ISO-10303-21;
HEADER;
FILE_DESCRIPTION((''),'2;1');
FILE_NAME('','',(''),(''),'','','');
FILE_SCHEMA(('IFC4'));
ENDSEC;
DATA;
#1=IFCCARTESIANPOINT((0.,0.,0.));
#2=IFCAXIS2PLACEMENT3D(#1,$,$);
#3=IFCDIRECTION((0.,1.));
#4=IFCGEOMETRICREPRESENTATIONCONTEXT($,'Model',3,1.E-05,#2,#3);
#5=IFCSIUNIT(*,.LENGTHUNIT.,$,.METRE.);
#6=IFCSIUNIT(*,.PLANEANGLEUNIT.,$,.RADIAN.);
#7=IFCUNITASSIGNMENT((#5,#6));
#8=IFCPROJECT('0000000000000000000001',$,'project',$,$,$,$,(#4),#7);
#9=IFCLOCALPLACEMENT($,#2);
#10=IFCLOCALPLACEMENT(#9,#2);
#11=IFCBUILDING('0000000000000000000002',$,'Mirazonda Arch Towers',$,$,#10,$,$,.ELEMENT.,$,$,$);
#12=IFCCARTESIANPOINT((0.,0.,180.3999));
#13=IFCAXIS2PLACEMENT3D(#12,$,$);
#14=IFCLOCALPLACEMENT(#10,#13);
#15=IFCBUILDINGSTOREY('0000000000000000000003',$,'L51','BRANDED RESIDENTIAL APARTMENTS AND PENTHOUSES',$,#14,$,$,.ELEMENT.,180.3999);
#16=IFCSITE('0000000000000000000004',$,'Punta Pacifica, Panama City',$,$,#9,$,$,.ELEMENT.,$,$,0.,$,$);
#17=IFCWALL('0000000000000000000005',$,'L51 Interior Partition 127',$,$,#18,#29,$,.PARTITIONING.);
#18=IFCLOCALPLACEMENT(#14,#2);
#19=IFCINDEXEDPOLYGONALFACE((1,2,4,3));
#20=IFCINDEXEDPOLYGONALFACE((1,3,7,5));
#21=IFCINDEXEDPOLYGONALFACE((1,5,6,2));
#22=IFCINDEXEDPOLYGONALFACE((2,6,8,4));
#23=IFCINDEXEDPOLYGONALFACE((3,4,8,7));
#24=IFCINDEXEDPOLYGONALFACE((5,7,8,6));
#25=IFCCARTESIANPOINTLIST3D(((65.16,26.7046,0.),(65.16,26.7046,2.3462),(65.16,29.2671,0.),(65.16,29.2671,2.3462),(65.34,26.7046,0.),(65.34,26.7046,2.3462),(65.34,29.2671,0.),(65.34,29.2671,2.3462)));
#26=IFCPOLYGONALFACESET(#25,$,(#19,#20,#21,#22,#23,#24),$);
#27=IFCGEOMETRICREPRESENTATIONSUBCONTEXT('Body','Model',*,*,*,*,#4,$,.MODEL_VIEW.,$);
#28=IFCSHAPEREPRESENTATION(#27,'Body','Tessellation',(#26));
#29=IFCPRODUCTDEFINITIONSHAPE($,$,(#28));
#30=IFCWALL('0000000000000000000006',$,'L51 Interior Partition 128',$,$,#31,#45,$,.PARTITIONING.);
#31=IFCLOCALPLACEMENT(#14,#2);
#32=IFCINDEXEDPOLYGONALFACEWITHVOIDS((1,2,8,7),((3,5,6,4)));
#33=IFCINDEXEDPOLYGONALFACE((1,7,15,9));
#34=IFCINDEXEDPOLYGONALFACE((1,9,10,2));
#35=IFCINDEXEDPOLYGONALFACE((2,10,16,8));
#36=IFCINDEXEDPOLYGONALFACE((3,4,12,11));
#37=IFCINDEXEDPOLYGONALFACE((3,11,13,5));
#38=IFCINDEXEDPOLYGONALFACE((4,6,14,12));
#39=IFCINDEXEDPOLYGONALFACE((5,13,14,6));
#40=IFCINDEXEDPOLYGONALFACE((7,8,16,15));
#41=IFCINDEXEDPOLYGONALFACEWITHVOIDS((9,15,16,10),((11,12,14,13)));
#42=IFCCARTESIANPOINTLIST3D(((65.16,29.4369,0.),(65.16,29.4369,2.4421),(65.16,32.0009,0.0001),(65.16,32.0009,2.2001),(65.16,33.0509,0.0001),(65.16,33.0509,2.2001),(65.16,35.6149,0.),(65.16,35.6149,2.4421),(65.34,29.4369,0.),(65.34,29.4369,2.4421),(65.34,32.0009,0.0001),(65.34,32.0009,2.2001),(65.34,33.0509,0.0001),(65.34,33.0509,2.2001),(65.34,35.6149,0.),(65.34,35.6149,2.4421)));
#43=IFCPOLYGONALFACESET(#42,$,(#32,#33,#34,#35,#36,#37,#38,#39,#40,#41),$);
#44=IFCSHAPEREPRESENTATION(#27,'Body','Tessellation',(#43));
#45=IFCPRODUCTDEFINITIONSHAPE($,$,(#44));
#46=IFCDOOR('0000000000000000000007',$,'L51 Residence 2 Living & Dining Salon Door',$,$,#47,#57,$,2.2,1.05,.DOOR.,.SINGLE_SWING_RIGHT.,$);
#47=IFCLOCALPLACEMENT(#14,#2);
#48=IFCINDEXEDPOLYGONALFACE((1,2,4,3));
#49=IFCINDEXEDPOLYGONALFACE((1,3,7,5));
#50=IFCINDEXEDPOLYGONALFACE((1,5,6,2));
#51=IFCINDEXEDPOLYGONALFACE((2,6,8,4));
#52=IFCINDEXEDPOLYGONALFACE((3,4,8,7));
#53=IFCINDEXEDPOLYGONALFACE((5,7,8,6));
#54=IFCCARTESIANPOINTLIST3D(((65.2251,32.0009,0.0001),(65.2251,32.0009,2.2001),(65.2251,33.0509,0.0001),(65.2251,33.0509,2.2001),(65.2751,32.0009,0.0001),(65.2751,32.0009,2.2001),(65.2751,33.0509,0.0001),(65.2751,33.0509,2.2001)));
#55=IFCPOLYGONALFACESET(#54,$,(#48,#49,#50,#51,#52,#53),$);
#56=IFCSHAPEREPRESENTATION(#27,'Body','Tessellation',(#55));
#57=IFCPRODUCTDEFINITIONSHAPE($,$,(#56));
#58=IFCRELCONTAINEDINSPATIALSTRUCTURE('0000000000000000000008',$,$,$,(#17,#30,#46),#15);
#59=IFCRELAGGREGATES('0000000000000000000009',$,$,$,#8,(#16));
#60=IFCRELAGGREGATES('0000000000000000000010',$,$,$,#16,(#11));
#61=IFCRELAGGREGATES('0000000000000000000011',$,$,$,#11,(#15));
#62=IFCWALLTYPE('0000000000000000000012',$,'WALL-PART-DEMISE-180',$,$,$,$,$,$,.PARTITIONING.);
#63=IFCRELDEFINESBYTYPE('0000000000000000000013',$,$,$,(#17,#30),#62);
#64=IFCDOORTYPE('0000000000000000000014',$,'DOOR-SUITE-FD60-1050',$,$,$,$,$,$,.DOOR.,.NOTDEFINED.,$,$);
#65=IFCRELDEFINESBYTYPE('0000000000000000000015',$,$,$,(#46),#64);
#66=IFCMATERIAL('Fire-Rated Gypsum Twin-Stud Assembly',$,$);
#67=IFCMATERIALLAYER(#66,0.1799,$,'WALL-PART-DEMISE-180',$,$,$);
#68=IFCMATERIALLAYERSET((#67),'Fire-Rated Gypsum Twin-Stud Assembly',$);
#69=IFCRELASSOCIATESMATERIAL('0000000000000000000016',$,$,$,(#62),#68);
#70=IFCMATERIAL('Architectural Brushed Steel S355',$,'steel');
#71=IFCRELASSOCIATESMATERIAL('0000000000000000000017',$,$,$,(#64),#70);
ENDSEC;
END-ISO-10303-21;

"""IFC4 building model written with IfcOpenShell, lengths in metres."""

from ifc_helpers import new_model, si_unit, direction, frame, frame_2d, origin, place, context, subcontext, project, spatial, rectangle, extrude, material, layer, layer_set, type_object, element, fill, save


model = new_model("IFC4")

# Units and contexts
model_context = context("Model", 3, precision=1e-05, world=origin(), true_north=direction((0.0, 1.0)))
body_context = subcontext(model_context, "Body", "Model", "MODEL_VIEW")
ifc_project = project(units=[si_unit("LENGTHUNIT", "METRE"), si_unit("PLANEANGLEUNIT", "RADIAN")], contexts=[model_context])

# Site, building, storey
site_placement = place(None, origin())
site = spatial("IfcSite", under=ifc_project, at=site_placement, Name="Punta Pacifica, Panama City", CompositionType="ELEMENT", RefElevation=0.0)
building_placement = place(site_placement, origin())
building = spatial("IfcBuilding", under=site, at=building_placement, Name="Mirazonda Arch Towers", CompositionType="ELEMENT")
storey_placement = place(building_placement, frame((0.0, 0.0, 180.3999)))
storey = spatial("IfcBuildingStorey", under=building, at=storey_placement, Name="L51", Description="BRANDED RESIDENTIAL APARTMENTS AND PENTHOUSES", CompositionType="ELEMENT", Elevation=180.3999)

# Shared definitions
ifc_material_1 = material(Name="Architectural Brushed Steel S355", Category="steel")

# Wall
ifc_material_2 = material(Name="Fire-Rated Gypsum Twin-Stud Assembly")
ifc_layer_1 = layer(ifc_material_2, 0.1799, Name="WALL-PART-DEMISE-180")
ifc_layer_set_1 = layer_set([ifc_layer_1], Name="Fire-Rated Gypsum Twin-Stud Assembly")
wall_type_1 = type_object("IfcWallType", Name="WALL-PART-DEMISE-180", PredefinedType="PARTITIONING", material=ifc_layer_set_1)
wall_1_placement = place(storey_placement, frame((65.25, 26.7046, 0.0), z_axis=(0.0, 0.0, 1.0), x_axis=(0.0, 1.0, 0.0)))
element("IfcWall", 1, at=wall_1_placement, inside=storey, type_object=wall_type_1, Name="L51 Interior Partition 127", PredefinedType="PARTITIONING", context=body_context, shape_type="SweptSolid", body=[
    extrude(rectangle(XDim=2.5625, YDim=0.1799, at=frame_2d((1.2812, 0.0))), origin(), (0.0, 0.0, 1.0), 2.3462),
])

# Wall, opening, door
wall_2_placement = place(storey_placement, frame((65.25, 29.437, 0.0), z_axis=(0.0, 0.0, 1.0), x_axis=(0.0, 1.0, 0.0)))
wall_2 = element("IfcWall", 2, at=wall_2_placement, inside=storey, type_object=wall_type_1, Name="L51 Interior Partition 128", PredefinedType="PARTITIONING", context=body_context, shape_type="SweptSolid", body=[
    extrude(rectangle(XDim=6.178, YDim=0.1799, at=frame_2d((3.0889, 0.0))), origin(), (0.0, 0.0, 1.0), 2.4421),
])
opening_1_placement = place(wall_2_placement, frame((2.564, 0.0, 0.0)))
opening_1 = element("IfcOpeningElement", 3, at=opening_1_placement, cuts=wall_2, PredefinedType="OPENING", context=body_context, shape_type="SweptSolid", body=[
    extrude(rectangle(XDim=1.05, YDim=2.2, at=frame_2d((0.5249, 1.1001))), frame((0.0, 0.0999, 0.0), z_axis=(0.0, -1.0, 0.0), x_axis=(1.0, 0.0, 0.0)), (0.0, 0.0, 1.0), 0.2),
])
door_type_1 = type_object("IfcDoorType", Name="DOOR-SUITE-FD60-1050", OperationType="NOTDEFINED", PredefinedType="DOOR", material=ifc_material_1)
door_1_placement = place(opening_1_placement, origin())
door_1 = element("IfcDoor", 4, at=door_1_placement, inside=storey, type_object=door_type_1, Name="L51 Residence 2 Living & Dining Salon Door", OperationType="SINGLE_SWING_RIGHT", OverallHeight=2.2, OverallWidth=1.05, PredefinedType="DOOR", context=body_context, shape_type="SweptSolid", body=[
    extrude(rectangle(XDim=1.05, YDim=2.2, at=frame_2d((0.5249, 1.1001))), frame((0.0, 0.0249, 0.0), z_axis=(0.0, -1.0, 0.0), x_axis=(1.0, 0.0, 0.0)), (0.0, 0.0, 1.0), 0.05),
])
fill(opening_1, door_1)

save(model, "model.ifc")
